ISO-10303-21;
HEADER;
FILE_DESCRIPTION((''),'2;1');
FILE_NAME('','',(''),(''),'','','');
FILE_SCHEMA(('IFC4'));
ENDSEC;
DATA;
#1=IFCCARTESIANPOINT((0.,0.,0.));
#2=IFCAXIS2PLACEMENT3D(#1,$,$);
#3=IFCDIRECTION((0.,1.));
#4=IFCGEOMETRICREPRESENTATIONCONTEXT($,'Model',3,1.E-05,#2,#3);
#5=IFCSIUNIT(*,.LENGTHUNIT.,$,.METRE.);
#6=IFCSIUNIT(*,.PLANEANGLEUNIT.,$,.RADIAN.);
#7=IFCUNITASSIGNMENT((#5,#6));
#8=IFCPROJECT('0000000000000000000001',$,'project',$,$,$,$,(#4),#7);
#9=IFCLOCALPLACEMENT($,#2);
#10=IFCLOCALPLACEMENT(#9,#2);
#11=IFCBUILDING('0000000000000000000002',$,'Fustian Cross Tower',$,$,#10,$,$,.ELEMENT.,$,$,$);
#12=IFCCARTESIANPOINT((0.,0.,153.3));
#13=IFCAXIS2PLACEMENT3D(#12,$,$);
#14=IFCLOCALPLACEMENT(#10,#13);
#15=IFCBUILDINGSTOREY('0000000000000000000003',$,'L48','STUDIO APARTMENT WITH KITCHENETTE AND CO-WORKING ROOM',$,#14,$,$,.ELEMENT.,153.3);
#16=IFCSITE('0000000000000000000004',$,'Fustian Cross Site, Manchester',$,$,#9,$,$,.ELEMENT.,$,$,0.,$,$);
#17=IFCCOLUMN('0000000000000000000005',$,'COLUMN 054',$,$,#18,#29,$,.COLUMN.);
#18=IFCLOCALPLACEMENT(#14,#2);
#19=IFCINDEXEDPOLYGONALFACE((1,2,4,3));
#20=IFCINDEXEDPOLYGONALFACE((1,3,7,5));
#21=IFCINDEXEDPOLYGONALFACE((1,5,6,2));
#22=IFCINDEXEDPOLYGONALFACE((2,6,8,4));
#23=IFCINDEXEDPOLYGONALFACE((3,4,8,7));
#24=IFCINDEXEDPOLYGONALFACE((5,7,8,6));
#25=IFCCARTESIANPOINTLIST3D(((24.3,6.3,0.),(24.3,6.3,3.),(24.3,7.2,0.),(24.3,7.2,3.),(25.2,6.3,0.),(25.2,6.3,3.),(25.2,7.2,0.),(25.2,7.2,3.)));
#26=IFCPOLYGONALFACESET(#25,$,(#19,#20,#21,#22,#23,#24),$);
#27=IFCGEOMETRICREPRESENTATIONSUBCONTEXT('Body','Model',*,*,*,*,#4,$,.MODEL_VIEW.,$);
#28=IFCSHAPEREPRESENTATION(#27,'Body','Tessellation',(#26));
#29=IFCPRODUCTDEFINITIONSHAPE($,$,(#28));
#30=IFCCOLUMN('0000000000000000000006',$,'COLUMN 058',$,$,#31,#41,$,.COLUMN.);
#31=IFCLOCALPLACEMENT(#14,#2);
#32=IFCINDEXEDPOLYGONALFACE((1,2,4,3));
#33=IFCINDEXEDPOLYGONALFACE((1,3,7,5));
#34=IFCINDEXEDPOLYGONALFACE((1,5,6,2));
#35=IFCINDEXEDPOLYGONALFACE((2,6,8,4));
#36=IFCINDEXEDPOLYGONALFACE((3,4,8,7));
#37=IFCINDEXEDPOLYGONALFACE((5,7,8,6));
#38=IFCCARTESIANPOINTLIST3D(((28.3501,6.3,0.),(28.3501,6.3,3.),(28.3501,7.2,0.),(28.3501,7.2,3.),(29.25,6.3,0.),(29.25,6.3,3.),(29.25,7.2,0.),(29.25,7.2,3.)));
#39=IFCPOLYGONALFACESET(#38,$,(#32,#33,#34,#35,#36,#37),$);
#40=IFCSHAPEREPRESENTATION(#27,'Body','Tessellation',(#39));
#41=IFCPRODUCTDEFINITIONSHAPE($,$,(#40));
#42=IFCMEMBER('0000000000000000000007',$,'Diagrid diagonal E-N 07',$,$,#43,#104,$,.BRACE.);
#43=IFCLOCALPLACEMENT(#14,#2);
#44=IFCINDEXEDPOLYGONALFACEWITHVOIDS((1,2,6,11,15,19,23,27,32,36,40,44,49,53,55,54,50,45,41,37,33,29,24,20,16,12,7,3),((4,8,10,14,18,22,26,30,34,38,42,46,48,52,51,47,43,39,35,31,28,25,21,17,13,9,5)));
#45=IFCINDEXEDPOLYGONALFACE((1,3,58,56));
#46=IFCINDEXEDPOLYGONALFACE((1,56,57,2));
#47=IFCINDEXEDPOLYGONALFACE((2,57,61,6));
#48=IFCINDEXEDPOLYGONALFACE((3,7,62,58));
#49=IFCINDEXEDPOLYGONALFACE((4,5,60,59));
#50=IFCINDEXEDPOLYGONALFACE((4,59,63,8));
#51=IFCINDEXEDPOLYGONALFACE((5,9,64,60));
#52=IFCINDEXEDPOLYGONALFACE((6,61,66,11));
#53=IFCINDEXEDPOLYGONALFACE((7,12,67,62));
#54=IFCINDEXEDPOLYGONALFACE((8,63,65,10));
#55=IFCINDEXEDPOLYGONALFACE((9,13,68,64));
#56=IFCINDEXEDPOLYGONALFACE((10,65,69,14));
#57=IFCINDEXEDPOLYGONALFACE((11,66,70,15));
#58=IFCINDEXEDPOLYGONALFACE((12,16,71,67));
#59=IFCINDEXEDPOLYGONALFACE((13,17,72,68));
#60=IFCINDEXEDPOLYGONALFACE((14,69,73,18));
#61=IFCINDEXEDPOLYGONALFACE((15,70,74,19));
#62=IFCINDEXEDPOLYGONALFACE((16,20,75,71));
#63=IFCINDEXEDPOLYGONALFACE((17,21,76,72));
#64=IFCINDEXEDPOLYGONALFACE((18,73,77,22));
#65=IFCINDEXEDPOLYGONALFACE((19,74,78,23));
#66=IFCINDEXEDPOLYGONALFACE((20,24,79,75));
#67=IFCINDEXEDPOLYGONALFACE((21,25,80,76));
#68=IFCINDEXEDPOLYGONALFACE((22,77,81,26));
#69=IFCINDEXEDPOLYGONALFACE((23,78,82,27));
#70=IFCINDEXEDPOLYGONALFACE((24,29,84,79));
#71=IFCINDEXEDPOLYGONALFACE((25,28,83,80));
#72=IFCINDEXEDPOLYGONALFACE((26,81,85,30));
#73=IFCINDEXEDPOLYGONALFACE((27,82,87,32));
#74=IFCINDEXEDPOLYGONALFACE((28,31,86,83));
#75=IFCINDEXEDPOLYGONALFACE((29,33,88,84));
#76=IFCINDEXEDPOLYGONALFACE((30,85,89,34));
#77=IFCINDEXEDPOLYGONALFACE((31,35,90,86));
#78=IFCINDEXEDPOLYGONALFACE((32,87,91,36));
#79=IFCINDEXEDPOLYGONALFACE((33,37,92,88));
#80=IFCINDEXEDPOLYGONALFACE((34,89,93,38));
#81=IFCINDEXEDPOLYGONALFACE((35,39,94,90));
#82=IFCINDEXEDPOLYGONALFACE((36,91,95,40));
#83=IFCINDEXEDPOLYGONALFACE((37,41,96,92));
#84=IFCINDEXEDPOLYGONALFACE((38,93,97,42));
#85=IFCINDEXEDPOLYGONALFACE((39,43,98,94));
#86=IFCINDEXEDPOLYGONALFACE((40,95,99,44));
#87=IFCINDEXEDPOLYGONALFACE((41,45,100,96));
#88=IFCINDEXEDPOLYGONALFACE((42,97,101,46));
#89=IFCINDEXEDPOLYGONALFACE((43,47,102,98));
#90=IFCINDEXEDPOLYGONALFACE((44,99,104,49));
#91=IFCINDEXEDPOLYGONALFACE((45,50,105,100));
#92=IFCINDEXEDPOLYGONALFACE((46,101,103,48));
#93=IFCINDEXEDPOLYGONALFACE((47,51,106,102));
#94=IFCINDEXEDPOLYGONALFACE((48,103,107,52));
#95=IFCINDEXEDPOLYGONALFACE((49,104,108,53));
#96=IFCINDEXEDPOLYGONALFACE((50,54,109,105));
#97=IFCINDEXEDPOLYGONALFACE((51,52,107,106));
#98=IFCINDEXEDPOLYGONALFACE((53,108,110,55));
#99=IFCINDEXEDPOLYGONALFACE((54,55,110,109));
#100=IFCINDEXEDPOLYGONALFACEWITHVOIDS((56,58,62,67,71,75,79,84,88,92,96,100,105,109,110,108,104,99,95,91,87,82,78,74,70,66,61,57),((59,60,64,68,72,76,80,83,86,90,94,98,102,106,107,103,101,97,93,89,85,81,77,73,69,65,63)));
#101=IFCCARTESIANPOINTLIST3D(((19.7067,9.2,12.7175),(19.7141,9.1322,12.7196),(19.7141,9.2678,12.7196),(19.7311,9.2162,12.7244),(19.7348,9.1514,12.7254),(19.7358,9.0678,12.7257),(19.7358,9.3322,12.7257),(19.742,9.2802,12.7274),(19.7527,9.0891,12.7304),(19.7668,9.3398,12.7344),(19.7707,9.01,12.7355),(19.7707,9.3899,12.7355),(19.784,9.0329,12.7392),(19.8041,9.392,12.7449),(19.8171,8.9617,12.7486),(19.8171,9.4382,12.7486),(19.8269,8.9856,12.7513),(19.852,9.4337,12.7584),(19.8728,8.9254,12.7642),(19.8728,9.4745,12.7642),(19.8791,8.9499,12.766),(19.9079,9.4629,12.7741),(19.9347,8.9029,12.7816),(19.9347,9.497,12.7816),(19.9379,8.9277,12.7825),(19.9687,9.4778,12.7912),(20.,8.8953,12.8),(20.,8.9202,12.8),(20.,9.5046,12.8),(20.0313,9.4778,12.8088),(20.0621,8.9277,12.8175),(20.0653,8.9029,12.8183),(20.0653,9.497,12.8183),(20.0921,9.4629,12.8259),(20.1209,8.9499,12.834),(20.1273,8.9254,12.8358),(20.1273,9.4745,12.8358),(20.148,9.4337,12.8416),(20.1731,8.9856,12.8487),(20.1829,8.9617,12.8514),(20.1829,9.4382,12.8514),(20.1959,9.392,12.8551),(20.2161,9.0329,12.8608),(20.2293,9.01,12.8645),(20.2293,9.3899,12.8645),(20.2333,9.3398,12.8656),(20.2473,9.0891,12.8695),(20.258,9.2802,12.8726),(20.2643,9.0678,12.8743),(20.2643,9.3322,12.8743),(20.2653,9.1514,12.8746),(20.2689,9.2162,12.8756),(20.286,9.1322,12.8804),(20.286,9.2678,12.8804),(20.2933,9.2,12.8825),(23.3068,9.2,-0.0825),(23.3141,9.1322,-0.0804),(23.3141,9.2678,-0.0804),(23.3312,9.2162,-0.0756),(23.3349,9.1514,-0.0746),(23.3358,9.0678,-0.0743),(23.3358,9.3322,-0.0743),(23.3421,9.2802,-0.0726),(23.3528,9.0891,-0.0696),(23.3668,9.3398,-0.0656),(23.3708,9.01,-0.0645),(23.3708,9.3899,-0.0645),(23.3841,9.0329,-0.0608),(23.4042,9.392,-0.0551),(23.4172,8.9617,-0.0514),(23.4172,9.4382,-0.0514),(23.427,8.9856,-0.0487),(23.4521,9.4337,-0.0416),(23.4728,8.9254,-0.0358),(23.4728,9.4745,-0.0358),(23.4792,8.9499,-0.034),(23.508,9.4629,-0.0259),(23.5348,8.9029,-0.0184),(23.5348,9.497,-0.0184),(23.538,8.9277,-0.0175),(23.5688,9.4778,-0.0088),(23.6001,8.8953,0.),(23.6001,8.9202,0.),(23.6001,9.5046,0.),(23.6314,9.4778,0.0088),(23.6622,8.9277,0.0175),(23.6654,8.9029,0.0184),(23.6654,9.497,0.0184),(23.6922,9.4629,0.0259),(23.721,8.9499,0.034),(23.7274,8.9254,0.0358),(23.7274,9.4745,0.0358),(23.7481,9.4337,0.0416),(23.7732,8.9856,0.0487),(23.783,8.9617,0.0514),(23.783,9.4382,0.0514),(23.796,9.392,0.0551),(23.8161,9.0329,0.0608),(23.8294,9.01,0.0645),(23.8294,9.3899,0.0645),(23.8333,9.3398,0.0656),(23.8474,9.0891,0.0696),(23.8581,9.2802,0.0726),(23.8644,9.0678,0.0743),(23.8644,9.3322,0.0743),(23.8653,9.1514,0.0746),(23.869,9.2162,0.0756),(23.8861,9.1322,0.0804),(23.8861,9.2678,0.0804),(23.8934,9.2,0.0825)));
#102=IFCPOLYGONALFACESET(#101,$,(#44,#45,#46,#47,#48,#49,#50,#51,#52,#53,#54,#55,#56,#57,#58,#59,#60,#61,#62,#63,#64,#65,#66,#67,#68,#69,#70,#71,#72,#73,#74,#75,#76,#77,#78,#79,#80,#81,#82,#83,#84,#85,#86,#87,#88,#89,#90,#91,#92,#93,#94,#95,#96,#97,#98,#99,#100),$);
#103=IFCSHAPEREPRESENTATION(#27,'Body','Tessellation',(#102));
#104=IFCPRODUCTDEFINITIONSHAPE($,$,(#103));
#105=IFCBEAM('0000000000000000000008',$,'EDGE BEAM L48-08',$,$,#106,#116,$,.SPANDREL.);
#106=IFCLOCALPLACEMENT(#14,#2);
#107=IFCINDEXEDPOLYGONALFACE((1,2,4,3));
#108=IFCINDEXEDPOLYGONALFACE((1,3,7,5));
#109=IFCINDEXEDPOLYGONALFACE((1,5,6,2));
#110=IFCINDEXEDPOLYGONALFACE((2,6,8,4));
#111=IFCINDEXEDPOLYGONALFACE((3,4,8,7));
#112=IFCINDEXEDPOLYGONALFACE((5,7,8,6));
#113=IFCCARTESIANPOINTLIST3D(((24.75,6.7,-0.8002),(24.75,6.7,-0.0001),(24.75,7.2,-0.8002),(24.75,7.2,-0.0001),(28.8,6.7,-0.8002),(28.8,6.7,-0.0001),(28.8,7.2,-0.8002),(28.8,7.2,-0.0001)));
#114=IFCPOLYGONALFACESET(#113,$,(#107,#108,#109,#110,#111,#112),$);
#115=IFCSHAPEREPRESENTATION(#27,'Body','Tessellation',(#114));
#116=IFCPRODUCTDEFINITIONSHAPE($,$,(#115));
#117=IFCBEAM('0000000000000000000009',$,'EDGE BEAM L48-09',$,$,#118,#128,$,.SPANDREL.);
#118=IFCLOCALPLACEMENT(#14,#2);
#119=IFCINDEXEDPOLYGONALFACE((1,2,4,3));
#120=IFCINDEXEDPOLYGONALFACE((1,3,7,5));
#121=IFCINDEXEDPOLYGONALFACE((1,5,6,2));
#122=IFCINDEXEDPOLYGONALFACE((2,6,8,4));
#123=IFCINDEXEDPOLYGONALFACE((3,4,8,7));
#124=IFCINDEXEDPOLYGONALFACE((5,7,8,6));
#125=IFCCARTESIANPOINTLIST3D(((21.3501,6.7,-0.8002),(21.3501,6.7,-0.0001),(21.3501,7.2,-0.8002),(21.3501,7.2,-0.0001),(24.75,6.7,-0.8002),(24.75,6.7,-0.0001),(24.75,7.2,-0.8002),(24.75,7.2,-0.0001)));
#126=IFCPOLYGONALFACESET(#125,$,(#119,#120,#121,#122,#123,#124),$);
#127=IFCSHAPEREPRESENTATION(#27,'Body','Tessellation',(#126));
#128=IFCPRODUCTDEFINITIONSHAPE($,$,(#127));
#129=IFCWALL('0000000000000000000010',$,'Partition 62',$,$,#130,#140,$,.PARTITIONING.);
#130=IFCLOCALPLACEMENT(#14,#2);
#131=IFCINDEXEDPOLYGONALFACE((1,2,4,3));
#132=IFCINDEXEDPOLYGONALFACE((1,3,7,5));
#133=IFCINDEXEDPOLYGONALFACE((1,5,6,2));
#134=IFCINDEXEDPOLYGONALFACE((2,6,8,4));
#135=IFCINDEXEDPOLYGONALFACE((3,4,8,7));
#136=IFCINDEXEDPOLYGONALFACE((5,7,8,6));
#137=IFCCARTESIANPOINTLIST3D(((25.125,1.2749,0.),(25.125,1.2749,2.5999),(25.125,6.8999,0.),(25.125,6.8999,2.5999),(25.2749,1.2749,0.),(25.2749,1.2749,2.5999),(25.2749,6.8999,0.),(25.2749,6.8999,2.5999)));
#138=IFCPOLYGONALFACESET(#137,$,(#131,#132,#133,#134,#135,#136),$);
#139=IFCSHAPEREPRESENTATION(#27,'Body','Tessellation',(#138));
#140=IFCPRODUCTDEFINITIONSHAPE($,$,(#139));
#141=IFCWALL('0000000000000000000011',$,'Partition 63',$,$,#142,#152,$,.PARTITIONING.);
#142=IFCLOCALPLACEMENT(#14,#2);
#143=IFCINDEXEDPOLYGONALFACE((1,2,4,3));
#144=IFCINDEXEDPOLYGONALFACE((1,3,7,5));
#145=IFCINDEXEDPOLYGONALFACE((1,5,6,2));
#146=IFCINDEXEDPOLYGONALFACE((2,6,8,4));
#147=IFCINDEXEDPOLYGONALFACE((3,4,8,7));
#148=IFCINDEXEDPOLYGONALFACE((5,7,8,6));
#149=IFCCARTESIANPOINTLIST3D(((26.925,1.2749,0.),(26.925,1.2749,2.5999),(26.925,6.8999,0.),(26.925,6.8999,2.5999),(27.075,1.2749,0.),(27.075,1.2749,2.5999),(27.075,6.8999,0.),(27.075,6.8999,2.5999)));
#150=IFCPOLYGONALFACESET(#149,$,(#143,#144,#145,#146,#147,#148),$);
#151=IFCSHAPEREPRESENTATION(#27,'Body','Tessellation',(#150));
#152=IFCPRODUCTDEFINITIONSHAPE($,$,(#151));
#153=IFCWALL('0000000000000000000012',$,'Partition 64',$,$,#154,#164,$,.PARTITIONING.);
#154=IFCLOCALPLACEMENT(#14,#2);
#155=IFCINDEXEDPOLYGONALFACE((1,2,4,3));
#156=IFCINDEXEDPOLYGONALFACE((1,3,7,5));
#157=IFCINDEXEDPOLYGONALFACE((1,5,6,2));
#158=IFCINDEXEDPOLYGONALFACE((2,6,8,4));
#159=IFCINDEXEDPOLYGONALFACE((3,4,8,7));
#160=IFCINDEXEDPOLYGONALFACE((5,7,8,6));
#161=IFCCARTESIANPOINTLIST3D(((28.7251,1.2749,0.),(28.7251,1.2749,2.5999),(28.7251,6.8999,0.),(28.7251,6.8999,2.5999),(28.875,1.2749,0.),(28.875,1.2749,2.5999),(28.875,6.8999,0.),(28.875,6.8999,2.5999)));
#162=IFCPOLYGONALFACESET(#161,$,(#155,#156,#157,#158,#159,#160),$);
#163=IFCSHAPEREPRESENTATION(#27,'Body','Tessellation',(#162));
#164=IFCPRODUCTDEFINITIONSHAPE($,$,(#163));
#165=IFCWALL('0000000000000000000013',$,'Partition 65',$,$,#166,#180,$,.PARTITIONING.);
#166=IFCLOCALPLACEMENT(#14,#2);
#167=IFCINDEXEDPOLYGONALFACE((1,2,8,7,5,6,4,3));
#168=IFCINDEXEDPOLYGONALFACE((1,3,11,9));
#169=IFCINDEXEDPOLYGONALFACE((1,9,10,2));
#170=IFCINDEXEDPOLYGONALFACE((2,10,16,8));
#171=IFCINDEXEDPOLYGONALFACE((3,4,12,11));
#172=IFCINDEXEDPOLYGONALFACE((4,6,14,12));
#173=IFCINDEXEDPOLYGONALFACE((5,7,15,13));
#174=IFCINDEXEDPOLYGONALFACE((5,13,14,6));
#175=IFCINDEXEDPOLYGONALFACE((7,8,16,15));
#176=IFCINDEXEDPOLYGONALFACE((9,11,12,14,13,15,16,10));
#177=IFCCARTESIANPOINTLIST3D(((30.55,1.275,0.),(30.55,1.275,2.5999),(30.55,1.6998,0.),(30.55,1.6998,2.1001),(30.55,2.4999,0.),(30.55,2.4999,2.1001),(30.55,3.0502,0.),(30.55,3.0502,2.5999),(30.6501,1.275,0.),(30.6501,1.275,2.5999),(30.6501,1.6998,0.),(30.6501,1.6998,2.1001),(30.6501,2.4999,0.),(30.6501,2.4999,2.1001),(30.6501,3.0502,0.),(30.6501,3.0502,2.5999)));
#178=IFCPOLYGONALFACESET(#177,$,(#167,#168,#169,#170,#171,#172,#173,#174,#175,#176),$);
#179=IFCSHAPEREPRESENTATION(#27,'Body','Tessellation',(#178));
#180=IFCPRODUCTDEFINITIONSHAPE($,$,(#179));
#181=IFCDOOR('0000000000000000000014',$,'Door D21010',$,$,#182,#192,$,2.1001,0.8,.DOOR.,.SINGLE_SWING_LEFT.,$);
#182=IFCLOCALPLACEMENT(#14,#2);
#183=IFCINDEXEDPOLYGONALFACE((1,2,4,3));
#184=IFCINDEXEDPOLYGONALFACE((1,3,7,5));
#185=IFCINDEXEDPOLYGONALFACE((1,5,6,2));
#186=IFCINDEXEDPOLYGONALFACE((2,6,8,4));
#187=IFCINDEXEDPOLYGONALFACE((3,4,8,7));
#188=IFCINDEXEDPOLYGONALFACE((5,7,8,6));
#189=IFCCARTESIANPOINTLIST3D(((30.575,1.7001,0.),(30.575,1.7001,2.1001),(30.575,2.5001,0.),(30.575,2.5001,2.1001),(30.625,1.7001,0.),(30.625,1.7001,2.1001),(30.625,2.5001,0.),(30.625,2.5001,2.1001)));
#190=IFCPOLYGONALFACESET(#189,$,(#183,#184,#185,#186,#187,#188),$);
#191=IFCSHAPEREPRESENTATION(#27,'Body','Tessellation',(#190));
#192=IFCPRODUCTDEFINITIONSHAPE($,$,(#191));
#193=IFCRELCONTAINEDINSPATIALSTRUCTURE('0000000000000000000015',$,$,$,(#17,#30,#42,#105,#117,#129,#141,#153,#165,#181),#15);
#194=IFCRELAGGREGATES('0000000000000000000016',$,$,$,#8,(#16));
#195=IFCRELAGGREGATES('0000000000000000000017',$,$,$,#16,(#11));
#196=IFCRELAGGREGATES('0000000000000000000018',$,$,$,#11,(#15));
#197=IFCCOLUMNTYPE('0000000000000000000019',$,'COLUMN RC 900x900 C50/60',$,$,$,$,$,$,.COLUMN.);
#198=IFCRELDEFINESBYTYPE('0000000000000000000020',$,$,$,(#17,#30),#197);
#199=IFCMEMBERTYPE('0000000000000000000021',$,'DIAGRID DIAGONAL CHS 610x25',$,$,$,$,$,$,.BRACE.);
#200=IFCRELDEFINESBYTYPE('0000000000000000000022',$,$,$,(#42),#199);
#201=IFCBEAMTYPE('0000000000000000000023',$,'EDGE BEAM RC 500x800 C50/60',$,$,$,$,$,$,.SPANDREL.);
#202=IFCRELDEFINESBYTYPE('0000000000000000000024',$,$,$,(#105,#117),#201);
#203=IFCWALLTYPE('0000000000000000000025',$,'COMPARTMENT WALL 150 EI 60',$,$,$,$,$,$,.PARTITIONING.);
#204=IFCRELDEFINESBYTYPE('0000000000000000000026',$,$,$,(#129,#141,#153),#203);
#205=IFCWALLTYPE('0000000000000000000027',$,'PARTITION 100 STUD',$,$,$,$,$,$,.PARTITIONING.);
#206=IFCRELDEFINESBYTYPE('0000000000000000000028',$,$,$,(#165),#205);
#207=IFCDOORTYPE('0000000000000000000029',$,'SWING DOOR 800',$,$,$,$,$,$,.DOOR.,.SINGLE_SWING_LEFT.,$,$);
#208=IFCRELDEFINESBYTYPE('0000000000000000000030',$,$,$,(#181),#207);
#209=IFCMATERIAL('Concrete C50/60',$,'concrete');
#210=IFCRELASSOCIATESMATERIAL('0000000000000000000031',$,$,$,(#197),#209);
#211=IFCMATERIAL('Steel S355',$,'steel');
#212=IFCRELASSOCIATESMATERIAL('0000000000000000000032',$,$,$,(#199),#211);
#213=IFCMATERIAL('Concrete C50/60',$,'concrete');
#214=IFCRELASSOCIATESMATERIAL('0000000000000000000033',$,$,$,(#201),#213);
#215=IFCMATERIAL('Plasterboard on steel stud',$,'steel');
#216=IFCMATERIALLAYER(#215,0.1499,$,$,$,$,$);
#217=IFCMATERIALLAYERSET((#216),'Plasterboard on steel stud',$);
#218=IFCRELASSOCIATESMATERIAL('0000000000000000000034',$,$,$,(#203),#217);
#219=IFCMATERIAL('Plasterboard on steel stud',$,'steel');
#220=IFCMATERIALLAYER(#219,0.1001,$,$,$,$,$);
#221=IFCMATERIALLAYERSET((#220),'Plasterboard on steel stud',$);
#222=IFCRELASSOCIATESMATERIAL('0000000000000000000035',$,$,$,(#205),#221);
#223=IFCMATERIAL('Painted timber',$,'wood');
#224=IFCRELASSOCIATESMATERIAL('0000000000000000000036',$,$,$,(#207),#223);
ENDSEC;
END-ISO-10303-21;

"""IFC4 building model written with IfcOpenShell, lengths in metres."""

from ifc_helpers import new_model, si_unit, direction, frame, frame_2d, origin, origin_2d, place, context, subcontext, project, spatial, rectangle, hollow_circle, extrude, material, layer, layer_set, material_profile, profile_set, type_object, element, fill, save


model = new_model("IFC4")

# Units and contexts
model_context = context("Model", 3, precision=1e-05, world=origin(), true_north=direction((0.0, 1.0)))
body_context = subcontext(model_context, "Body", "Model", "MODEL_VIEW")
ifc_project = project(units=[si_unit("LENGTHUNIT", "METRE"), si_unit("PLANEANGLEUNIT", "RADIAN")], contexts=[model_context])

# Site, building, storey
site_placement = place(None, origin())
site = spatial("IfcSite", under=ifc_project, at=site_placement, Name="Fustian Cross Site, Manchester", CompositionType="ELEMENT", RefElevation=0.0)
building_placement = place(site_placement, origin())
building = spatial("IfcBuilding", under=site, at=building_placement, Name="Fustian Cross Tower", CompositionType="ELEMENT")
storey_placement = place(building_placement, frame((0.0, 0.0, 153.3)))
storey = spatial("IfcBuildingStorey", under=building, at=storey_placement, Name="L48", Description="STUDIO APARTMENT WITH KITCHENETTE AND CO-WORKING ROOM", CompositionType="ELEMENT", Elevation=153.3)

# Columns
ifc_material_1 = material(Name="Concrete C50/60", Category="concrete")
ifc_material_profile_1 = material_profile(ifc_material_1, rectangle(XDim=0.8999, YDim=0.8999, at=origin_2d()), Name="RC 900x900")
ifc_profile_set_1 = profile_set([ifc_material_profile_1], Name="Concrete C50/60")
column_type = type_object("IfcColumnType", Name="COLUMN RC 900x900 C50/60", PredefinedType="COLUMN", material=ifc_profile_set_1)
for number, where, z_axis, x_axis, name in (
    (1, (24.75, 6.75, 0.0), (0.0, 0.0, 1.0), (1.0, 0.0, 0.0), "COLUMN 054"),
    (2, (28.8, 6.75, 0.0), (0.0, 0.0, 1.0), (1.0, 0.0, 0.0), "COLUMN 058"),
):
    element("IfcColumn", number, at=place(storey_placement, frame(where, z_axis=z_axis, x_axis=x_axis)), inside=storey, type_object=column_type, Name=name, PredefinedType="COLUMN", context=body_context, shape_type="SweptSolid", body=[
        extrude(rectangle(XDim=0.8999, YDim=0.8999, at=origin_2d()), origin(), (0.0, 0.0, 1.0), 3.0),
    ])

# Member
ifc_material_2 = material(Name="Steel S355", Category="steel")
ifc_material_profile_2 = material_profile(ifc_material_2, hollow_circle(Radius=0.3047, WallThickness=0.0249, at=origin_2d()), Name="CHS 610x25")
ifc_profile_set_2 = profile_set([ifc_material_profile_2], Name="Steel S355")
member_type = type_object("IfcMemberType", Name="DIAGRID DIAGONAL CHS 610x25", PredefinedType="BRACE", material=ifc_profile_set_2)
member_placement = place(storey_placement, frame((23.6001, 9.2, 0.0), z_axis=(-0.270751, 0.0, 0.962649), x_axis=(0.0, -1.0, 0.0)))
element("IfcMember", 3, at=member_placement, inside=storey, type_object=member_type, Name="Diagrid diagonal E-N 07", PredefinedType="BRACE", context=body_context, shape_type="SweptSolid", body=[
    extrude(hollow_circle(Radius=0.3047, WallThickness=0.0249, at=origin_2d()), origin(), (0.0, 0.0, 1.0), 13.2966),
])

# Beams
ifc_material_3 = material(Name="Concrete C50/60", Category="concrete")
ifc_material_profile_3 = material_profile(ifc_material_3, rectangle(XDim=0.5, YDim=0.8, at=origin_2d()), Name="RC 500x800")
ifc_profile_set_3 = profile_set([ifc_material_profile_3], Name="Concrete C50/60")
beam_type = type_object("IfcBeamType", Name="EDGE BEAM RC 500x800 C50/60", PredefinedType="SPANDREL", material=ifc_profile_set_3)
beam_1_placement = place(storey_placement, frame((28.8, 6.95, -0.4001), z_axis=(-1.0, 0.0, 0.0), x_axis=(0.0, -1.0, 0.0)))
element("IfcBeam", 4, at=beam_1_placement, inside=storey, type_object=beam_type, Name="EDGE BEAM L48-08", PredefinedType="SPANDREL", context=body_context, shape_type="SweptSolid", body=[
    extrude(rectangle(XDim=0.5, YDim=0.8, at=origin_2d()), origin(), (0.0, 0.0, 1.0), 4.05),
])
beam_2_placement = place(storey_placement, frame((24.75, 6.95, -0.4001), z_axis=(-1.0, 0.0, 0.0), x_axis=(0.0, -1.0, 0.0)))
element("IfcBeam", 5, at=beam_2_placement, inside=storey, type_object=beam_type, Name="EDGE BEAM L48-09", PredefinedType="SPANDREL", context=body_context, shape_type="SweptSolid", body=[
    extrude(rectangle(XDim=0.5, YDim=0.8, at=origin_2d()), origin(), (0.0, 0.0, 1.0), 3.3999),
])

# Walls
ifc_material_4 = material(Name="Plasterboard on steel stud", Category="steel")
ifc_layer_1 = layer(ifc_material_4, 0.1499)
ifc_layer_set_1 = layer_set([ifc_layer_1], Name="Plasterboard on steel stud")
wall_type_1 = type_object("IfcWallType", Name="COMPARTMENT WALL 150 EI 60", PredefinedType="PARTITIONING", material=ifc_layer_set_1)
for number, where, z_axis, x_axis, name in (
    (6, (25.2, 1.2749, 0.0), (0.0, 0.0, 1.0), (0.0, 1.0, 0.0), "Partition 62"),
    (7, (27.0, 1.2749, 0.0), (0.0, 0.0, 1.0), (0.0, 1.0, 0.0), "Partition 63"),
    (8, (28.8, 1.2749, 0.0), (0.0, 0.0, 1.0), (0.0, 1.0, 0.0), "Partition 64"),
):
    element("IfcWall", number, at=place(storey_placement, frame(where, z_axis=z_axis, x_axis=x_axis)), inside=storey, type_object=wall_type_1, Name=name, PredefinedType="PARTITIONING", context=body_context, shape_type="SweptSolid", body=[
        extrude(rectangle(XDim=5.625, YDim=0.1499, at=frame_2d((2.8125, 0.0))), origin(), (0.0, 0.0, 1.0), 2.5999),
    ])

# Wall, opening, door
ifc_material_5 = material(Name="Plasterboard on steel stud", Category="steel")
ifc_layer_2 = layer(ifc_material_5, 0.1001)
ifc_layer_set_2 = layer_set([ifc_layer_2], Name="Plasterboard on steel stud")
wall_type_2 = type_object("IfcWallType", Name="PARTITION 100 STUD", PredefinedType="PARTITIONING", material=ifc_layer_set_2)
wall_1_placement = place(storey_placement, frame((30.6001, 1.2749, 0.0), z_axis=(0.0, 0.0, 1.0), x_axis=(0.0, 1.0, 0.0)))
wall_1 = element("IfcWall", 9, at=wall_1_placement, inside=storey, type_object=wall_type_2, Name="Partition 65", PredefinedType="PARTITIONING", context=body_context, shape_type="SweptSolid", body=[
    extrude(rectangle(XDim=1.7751, YDim=0.1001, at=frame_2d((0.8877, 0.0))), origin(), (0.0, 0.0, 1.0), 2.5999),
])
opening_placement = place(wall_1_placement, frame((0.425, 0.0, 0.0)))
opening = element("IfcOpeningElement", 10, at=opening_placement, cuts=wall_1, PredefinedType="OPENING", context=body_context, shape_type="SweptSolid", body=[
    extrude(rectangle(XDim=0.8, YDim=2.1001, at=frame_2d((0.3999, 1.05))), frame((0.0, 0.0601, 0.0), z_axis=(0.0, -1.0, 0.0), x_axis=(1.0, 0.0, 0.0)), (0.0, 0.0, 1.0), 0.1201),
])
ifc_material_6 = material(Name="Painted timber", Category="wood")
door_type = type_object("IfcDoorType", Name="SWING DOOR 800", OperationType="SINGLE_SWING_LEFT", PredefinedType="DOOR", material=ifc_material_6)
door_placement = place(opening_placement, frame((0.8, 0.0, 0.0), z_axis=(0.0, 0.0, 1.0), x_axis=(-1.0, 0.0, 0.0)))
door = element("IfcDoor", 11, at=door_placement, inside=storey, type_object=door_type, Name="Door D21010", OperationType="SINGLE_SWING_LEFT", OverallHeight=2.1001, OverallWidth=0.8, PredefinedType="DOOR", context=body_context, shape_type="SweptSolid", body=[
    extrude(rectangle(XDim=0.8, YDim=2.1001, at=frame_2d((0.3999, 1.05))), frame((0.0, 0.0249, 0.0), z_axis=(0.0, -1.0, 0.0), x_axis=(1.0, 0.0, 0.0)), (0.0, 0.0, 1.0), 0.05),
])
fill(opening, door)

save(model, "model.ifc")
